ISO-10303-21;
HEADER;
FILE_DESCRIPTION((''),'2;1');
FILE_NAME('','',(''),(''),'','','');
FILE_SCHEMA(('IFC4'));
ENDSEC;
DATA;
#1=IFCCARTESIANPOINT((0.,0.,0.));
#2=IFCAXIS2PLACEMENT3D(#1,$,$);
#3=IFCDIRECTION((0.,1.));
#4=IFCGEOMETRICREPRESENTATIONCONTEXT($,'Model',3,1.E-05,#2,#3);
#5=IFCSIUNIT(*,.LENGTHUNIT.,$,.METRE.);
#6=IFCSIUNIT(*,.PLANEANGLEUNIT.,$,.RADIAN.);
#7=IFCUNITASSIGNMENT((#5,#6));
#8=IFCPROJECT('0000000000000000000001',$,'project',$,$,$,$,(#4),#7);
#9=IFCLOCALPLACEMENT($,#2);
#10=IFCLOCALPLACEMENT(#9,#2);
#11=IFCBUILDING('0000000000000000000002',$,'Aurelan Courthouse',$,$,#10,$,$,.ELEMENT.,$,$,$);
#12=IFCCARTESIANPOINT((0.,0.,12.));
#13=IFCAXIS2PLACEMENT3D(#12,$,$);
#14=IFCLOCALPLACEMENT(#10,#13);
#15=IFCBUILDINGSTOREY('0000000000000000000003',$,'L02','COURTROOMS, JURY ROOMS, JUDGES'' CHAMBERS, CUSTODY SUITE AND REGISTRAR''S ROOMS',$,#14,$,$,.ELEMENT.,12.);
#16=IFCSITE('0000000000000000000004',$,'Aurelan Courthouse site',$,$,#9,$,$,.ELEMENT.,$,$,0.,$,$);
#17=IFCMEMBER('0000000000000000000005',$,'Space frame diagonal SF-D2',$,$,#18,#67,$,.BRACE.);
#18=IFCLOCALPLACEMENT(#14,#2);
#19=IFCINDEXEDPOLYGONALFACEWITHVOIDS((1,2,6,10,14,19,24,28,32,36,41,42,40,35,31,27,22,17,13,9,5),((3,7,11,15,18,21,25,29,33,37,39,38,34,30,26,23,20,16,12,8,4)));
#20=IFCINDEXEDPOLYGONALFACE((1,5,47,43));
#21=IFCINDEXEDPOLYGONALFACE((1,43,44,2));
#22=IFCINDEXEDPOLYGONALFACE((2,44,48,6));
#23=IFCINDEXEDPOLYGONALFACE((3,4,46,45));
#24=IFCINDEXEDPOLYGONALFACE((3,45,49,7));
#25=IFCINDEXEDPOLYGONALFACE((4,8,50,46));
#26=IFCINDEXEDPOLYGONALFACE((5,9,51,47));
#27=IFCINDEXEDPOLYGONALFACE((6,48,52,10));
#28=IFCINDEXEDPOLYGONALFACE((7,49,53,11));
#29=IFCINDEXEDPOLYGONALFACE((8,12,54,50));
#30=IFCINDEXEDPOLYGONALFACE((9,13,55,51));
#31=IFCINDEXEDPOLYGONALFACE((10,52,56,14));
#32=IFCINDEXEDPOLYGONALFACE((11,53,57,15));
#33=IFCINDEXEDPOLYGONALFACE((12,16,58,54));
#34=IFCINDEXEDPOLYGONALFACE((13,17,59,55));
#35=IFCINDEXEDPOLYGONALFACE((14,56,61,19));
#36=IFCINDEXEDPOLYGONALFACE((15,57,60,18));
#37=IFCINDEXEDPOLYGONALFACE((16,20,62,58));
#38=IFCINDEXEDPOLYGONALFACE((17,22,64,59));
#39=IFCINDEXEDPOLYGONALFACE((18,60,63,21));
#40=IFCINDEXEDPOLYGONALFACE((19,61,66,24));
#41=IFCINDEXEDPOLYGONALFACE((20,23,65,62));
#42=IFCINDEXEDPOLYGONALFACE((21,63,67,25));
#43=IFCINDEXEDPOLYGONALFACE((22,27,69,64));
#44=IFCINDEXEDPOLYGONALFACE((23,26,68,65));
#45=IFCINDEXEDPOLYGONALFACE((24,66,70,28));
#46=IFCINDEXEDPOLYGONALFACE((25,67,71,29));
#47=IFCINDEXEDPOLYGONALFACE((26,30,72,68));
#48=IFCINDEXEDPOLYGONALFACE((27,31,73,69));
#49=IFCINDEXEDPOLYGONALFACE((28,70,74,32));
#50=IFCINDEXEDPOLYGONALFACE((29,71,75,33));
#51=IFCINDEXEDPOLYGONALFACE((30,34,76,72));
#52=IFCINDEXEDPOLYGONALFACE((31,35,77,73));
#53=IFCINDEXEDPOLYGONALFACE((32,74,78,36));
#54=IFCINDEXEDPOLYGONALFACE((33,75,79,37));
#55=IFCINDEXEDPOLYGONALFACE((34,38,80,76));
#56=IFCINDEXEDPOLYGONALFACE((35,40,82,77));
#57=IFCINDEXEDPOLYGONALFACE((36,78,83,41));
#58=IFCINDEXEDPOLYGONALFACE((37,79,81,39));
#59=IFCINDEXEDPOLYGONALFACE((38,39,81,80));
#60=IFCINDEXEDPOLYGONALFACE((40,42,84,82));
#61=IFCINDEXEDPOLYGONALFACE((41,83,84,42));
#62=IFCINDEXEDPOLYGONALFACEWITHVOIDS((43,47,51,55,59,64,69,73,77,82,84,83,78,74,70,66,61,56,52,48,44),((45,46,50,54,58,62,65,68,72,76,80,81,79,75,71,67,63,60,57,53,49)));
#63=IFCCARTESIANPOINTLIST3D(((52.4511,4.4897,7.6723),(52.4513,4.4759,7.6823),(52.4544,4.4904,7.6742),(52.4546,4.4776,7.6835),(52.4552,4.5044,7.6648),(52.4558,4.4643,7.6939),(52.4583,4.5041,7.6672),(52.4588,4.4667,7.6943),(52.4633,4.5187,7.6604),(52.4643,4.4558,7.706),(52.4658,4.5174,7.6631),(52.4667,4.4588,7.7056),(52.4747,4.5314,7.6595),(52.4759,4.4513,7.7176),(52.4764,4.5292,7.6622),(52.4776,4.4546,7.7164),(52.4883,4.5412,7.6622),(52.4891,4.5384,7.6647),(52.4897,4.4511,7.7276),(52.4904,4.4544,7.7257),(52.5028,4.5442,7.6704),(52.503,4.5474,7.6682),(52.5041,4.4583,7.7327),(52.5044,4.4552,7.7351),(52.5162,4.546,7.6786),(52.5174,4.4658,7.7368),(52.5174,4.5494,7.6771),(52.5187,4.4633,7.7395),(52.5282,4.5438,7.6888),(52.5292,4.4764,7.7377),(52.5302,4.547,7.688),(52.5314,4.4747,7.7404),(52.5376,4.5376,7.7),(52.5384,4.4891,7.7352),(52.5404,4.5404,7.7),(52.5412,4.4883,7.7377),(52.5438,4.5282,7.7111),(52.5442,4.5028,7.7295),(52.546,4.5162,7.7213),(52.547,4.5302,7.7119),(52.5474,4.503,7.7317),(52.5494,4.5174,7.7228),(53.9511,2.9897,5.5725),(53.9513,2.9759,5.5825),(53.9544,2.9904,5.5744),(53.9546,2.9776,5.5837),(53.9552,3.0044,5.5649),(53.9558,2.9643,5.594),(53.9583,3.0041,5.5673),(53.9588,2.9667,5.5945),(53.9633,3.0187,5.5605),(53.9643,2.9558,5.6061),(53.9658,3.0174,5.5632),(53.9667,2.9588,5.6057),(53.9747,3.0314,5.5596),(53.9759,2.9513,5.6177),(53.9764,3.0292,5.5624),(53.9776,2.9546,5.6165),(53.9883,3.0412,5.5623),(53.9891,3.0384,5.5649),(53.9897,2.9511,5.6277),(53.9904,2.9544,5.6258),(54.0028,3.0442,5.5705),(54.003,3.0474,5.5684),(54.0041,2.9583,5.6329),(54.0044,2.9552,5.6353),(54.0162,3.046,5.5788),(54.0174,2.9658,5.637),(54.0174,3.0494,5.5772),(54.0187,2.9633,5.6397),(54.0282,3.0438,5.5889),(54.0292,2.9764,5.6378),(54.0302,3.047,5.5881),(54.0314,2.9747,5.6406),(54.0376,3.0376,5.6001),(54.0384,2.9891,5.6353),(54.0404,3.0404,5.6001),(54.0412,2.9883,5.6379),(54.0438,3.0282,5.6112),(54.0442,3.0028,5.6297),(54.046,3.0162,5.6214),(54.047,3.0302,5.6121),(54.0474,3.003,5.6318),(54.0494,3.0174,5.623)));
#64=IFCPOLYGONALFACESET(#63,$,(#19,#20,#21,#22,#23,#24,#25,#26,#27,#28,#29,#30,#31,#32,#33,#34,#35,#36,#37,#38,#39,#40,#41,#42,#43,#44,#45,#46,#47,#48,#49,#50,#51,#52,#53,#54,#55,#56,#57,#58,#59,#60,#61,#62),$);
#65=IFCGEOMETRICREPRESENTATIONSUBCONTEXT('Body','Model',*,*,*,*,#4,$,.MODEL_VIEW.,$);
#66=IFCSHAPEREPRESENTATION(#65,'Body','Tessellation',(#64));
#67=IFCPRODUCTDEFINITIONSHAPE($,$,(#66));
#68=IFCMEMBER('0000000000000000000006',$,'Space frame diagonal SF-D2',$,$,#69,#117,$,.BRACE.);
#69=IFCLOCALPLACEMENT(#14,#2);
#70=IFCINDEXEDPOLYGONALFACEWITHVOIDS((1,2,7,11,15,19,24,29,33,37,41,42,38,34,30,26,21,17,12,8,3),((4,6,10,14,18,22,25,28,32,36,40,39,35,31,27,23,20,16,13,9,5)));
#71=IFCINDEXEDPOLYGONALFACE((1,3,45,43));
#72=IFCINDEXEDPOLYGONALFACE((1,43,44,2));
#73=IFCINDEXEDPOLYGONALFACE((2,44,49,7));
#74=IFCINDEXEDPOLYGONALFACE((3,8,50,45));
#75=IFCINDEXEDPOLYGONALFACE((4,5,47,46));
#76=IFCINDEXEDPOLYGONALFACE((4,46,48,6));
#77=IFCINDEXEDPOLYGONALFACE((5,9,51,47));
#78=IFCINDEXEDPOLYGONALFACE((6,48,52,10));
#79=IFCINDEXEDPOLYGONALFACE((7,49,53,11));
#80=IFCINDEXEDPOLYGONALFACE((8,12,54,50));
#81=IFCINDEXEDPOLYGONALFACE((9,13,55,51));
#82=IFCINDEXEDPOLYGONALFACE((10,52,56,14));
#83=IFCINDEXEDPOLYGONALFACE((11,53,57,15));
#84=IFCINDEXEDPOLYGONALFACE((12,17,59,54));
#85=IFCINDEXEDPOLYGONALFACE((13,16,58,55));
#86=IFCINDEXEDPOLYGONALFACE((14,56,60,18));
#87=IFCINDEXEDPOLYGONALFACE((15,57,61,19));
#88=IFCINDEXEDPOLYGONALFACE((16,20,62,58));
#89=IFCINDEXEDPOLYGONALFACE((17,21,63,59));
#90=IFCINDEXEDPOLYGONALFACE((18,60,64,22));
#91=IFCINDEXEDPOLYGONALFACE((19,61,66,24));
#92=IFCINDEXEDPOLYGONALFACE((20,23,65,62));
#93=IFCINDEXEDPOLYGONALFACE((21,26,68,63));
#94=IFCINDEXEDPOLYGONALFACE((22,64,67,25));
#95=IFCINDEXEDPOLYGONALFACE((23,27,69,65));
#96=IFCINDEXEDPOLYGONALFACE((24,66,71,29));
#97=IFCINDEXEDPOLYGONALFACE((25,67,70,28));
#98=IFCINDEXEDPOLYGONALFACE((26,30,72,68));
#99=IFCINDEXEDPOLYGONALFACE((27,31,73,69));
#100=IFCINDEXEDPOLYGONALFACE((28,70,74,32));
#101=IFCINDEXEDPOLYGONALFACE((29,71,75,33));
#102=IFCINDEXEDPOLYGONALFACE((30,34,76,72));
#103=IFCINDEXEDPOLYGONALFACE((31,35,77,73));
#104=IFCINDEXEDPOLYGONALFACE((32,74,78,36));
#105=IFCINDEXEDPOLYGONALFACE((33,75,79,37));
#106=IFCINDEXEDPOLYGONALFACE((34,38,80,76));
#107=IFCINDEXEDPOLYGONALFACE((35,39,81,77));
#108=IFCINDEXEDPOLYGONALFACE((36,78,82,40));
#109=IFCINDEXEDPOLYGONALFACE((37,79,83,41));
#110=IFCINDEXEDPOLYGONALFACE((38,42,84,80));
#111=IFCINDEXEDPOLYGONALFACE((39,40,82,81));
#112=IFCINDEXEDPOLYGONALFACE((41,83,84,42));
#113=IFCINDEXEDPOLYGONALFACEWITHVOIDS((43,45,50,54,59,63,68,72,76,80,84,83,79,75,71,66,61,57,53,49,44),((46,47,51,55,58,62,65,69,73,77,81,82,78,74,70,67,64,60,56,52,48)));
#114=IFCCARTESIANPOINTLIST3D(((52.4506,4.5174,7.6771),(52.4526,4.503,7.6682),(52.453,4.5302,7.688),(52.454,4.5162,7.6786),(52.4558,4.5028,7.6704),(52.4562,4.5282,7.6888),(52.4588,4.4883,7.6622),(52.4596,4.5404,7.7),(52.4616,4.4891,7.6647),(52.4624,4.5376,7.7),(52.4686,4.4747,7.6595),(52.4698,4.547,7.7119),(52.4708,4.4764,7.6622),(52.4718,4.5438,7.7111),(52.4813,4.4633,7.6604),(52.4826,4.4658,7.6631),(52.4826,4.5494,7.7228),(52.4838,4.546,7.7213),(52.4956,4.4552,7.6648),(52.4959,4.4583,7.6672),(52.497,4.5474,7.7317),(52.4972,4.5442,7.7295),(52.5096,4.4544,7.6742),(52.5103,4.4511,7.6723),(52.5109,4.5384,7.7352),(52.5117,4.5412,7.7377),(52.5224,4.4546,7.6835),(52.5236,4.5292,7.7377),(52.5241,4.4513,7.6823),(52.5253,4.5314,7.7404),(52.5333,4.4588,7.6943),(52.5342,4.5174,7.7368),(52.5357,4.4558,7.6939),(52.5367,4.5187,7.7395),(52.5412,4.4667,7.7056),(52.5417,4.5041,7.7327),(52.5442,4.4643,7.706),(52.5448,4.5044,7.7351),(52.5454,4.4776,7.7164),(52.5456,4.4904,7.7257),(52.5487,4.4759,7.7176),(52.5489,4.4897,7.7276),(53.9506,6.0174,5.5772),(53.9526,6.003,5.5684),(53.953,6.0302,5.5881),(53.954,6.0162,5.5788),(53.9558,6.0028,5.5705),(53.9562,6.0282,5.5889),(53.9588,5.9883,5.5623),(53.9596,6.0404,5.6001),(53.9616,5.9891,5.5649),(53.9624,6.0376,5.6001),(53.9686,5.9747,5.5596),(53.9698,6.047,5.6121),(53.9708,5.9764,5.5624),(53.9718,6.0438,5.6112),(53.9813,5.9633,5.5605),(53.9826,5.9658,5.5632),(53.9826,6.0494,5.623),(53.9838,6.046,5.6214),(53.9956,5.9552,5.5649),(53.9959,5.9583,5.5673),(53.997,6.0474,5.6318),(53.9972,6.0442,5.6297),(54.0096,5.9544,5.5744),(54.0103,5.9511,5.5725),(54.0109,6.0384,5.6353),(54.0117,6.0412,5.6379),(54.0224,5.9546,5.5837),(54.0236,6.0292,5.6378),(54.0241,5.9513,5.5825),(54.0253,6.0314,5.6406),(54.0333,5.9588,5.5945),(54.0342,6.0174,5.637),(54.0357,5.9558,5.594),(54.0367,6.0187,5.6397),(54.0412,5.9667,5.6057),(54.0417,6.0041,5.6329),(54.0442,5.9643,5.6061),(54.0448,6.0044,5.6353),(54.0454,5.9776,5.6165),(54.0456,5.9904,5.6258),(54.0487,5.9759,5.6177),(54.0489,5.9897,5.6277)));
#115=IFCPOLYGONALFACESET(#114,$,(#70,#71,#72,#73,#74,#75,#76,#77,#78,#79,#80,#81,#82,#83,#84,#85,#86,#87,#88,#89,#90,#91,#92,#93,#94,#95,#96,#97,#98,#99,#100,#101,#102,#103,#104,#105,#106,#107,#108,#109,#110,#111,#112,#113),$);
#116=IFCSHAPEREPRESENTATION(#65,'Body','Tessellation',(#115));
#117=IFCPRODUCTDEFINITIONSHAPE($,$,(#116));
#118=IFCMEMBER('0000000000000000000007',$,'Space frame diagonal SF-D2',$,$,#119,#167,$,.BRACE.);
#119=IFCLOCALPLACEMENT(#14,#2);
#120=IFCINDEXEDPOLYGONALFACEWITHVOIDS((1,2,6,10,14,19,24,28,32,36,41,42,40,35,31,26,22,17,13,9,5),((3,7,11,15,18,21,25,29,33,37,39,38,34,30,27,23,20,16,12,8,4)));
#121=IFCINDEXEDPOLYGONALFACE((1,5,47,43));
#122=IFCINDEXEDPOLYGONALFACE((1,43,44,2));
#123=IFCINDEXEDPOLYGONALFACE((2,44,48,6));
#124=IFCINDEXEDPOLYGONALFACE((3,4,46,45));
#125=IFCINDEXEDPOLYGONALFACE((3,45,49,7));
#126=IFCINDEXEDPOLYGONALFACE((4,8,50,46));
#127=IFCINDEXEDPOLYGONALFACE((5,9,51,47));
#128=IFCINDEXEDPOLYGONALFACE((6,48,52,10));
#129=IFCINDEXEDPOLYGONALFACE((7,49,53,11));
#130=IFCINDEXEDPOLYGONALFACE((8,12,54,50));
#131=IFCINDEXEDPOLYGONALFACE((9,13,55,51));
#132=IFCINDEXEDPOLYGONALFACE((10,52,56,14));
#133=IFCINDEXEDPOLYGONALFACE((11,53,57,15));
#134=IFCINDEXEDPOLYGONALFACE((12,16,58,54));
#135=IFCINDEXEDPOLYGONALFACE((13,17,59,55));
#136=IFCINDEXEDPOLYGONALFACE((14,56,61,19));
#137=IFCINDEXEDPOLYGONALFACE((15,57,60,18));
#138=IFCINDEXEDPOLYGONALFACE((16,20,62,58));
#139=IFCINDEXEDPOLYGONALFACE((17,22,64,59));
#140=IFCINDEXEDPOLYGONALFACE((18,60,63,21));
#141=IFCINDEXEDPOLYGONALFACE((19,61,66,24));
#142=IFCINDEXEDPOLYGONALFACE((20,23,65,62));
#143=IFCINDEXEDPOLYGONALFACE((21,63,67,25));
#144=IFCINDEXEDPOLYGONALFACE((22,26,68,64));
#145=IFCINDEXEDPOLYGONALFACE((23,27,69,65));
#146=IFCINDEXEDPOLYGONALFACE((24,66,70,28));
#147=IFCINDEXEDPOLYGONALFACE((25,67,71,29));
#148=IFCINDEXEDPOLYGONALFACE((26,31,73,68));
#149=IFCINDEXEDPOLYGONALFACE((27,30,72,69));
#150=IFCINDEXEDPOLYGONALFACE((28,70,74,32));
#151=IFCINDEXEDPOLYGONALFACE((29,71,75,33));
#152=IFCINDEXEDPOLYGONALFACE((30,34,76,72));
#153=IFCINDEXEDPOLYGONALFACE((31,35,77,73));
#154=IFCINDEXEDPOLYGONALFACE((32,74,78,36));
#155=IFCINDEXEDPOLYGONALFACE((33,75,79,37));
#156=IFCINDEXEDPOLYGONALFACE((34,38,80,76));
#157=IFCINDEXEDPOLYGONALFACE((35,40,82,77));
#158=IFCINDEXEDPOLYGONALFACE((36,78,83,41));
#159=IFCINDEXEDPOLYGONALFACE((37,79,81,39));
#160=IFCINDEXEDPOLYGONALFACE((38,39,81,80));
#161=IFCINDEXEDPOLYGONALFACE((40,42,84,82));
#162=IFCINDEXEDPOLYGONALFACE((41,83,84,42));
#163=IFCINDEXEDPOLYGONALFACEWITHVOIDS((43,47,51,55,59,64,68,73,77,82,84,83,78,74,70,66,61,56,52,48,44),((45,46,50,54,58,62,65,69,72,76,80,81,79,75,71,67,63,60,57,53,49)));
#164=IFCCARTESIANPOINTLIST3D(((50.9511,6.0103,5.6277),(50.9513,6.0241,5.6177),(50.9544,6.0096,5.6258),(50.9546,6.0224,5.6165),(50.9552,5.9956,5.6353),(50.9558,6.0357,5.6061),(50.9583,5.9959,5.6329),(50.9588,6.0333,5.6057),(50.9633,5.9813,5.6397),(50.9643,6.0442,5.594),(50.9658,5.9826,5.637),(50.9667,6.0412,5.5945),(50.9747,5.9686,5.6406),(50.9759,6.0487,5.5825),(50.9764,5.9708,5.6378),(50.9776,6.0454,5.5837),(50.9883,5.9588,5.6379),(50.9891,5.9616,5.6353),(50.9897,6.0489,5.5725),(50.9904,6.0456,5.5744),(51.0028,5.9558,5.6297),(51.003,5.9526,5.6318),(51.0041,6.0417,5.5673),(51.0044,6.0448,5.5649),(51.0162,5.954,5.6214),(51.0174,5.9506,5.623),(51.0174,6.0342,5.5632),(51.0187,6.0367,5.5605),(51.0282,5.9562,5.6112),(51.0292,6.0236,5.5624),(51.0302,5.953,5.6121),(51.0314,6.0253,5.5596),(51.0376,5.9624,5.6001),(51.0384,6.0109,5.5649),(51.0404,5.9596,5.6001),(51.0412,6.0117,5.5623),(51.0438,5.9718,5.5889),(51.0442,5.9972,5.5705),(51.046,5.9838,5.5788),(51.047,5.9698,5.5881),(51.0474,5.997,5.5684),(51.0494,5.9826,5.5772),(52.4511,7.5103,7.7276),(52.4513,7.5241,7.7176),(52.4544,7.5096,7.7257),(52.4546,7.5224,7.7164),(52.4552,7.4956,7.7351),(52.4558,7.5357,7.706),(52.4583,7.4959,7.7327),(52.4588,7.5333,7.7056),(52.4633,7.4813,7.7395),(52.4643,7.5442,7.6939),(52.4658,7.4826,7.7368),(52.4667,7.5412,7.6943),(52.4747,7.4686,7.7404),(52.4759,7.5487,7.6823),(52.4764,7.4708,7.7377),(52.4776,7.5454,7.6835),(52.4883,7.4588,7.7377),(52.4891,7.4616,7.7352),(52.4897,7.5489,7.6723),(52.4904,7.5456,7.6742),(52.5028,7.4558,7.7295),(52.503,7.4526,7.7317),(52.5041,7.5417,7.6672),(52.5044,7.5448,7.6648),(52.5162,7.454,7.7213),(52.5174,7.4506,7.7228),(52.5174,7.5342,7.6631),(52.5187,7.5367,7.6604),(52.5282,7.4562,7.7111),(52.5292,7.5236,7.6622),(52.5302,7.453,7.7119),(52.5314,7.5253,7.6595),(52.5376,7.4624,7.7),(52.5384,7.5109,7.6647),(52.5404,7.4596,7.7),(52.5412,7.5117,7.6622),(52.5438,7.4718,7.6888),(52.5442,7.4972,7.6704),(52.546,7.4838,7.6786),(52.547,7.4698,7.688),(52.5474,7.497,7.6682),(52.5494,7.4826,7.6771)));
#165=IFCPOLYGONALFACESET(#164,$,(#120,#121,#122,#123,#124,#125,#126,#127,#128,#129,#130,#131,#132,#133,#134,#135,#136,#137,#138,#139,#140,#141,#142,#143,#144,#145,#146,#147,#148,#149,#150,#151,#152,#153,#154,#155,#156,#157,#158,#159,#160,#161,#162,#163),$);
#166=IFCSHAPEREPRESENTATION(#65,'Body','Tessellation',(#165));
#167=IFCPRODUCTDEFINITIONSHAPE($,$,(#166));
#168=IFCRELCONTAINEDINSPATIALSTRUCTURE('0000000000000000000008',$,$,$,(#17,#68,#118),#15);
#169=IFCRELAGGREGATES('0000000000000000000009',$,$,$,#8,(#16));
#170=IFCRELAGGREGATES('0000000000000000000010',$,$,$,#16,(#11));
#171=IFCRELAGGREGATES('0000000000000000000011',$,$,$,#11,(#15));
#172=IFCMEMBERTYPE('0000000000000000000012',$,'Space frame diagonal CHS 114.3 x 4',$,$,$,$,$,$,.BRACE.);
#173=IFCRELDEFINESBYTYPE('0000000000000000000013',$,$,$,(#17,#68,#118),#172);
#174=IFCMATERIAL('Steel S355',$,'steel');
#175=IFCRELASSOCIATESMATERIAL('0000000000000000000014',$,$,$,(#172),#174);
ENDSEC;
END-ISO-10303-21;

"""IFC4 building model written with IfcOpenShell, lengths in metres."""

from ifc_helpers import new_model, si_unit, direction, frame, origin, origin_2d, place, context, subcontext, project, spatial, hollow_circle, extrude, material, material_profile, profile_set, type_object, element, save


model = new_model("IFC4")

# Units and contexts
model_context = context("Model", 3, precision=1e-05, world=origin(), true_north=direction((0.0, 1.0)))
body_context = subcontext(model_context, "Body", "Model", "MODEL_VIEW")
ifc_project = project(units=[si_unit("LENGTHUNIT", "METRE"), si_unit("PLANEANGLEUNIT", "RADIAN")], contexts=[model_context])

# Site, building, storey
site_placement = place(None, origin())
site = spatial("IfcSite", under=ifc_project, at=site_placement, Name="Aurelan Courthouse site", CompositionType="ELEMENT", RefElevation=0.0)
building_placement = place(site_placement, origin())
building = spatial("IfcBuilding", under=site, at=building_placement, Name="Aurelan Courthouse", CompositionType="ELEMENT")
storey_placement = place(building_placement, frame((0.0, 0.0, 12.0)))
storey = spatial("IfcBuildingStorey", under=building, at=storey_placement, Name="L02", Description="COURTROOMS, JURY ROOMS, JUDGES' CHAMBERS, CUSTODY SUITE AND REGISTRAR'S ROOMS", CompositionType="ELEMENT", Elevation=12.0)

# Members
ifc_material_1 = material(Name="Steel S355", Category="steel")
ifc_material_profile_1 = material_profile(ifc_material_1, hollow_circle(Radius=0.0571, WallThickness=0.0039, at=origin_2d()), Name="CHS 114.3 x 4")
ifc_profile_set_1 = profile_set([ifc_material_profile_1], Name="Steel S355")
member_type_1 = type_object("IfcMemberType", Name="Space frame diagonal CHS 114.3 x 4", PredefinedType="BRACE", material=ifc_profile_set_1)
for number, where, z_axis, x_axis, name in (
    (1, (52.5, 4.5, 7.7), (0.502536, -0.502536, -0.703502), (0.707107, 0.707107, 0.0), "Space frame diagonal SF-D2"),
    (2, (52.5, 4.5, 7.7), (0.502536, 0.502536, -0.703502), (-0.707107, 0.707107, 0.0), "Space frame diagonal SF-D2"),
    (3, (52.5, 7.5, 7.7), (-0.502536, -0.502536, -0.703502), (0.707107, -0.707107, 0.0), "Space frame diagonal SF-D2"),
):
    element("IfcMember", number, at=place(storey_placement, frame(where, z_axis=z_axis, x_axis=x_axis)), inside=storey, type_object=member_type_1, Name=name, PredefinedType="BRACE", context=body_context, shape_type="SweptSolid", body=[
        extrude(hollow_circle(Radius=0.0571, WallThickness=0.0039, at=origin_2d()), origin(), (0.0, 0.0, 1.0), 2.9849),
    ])

save(model, "model.ifc")
